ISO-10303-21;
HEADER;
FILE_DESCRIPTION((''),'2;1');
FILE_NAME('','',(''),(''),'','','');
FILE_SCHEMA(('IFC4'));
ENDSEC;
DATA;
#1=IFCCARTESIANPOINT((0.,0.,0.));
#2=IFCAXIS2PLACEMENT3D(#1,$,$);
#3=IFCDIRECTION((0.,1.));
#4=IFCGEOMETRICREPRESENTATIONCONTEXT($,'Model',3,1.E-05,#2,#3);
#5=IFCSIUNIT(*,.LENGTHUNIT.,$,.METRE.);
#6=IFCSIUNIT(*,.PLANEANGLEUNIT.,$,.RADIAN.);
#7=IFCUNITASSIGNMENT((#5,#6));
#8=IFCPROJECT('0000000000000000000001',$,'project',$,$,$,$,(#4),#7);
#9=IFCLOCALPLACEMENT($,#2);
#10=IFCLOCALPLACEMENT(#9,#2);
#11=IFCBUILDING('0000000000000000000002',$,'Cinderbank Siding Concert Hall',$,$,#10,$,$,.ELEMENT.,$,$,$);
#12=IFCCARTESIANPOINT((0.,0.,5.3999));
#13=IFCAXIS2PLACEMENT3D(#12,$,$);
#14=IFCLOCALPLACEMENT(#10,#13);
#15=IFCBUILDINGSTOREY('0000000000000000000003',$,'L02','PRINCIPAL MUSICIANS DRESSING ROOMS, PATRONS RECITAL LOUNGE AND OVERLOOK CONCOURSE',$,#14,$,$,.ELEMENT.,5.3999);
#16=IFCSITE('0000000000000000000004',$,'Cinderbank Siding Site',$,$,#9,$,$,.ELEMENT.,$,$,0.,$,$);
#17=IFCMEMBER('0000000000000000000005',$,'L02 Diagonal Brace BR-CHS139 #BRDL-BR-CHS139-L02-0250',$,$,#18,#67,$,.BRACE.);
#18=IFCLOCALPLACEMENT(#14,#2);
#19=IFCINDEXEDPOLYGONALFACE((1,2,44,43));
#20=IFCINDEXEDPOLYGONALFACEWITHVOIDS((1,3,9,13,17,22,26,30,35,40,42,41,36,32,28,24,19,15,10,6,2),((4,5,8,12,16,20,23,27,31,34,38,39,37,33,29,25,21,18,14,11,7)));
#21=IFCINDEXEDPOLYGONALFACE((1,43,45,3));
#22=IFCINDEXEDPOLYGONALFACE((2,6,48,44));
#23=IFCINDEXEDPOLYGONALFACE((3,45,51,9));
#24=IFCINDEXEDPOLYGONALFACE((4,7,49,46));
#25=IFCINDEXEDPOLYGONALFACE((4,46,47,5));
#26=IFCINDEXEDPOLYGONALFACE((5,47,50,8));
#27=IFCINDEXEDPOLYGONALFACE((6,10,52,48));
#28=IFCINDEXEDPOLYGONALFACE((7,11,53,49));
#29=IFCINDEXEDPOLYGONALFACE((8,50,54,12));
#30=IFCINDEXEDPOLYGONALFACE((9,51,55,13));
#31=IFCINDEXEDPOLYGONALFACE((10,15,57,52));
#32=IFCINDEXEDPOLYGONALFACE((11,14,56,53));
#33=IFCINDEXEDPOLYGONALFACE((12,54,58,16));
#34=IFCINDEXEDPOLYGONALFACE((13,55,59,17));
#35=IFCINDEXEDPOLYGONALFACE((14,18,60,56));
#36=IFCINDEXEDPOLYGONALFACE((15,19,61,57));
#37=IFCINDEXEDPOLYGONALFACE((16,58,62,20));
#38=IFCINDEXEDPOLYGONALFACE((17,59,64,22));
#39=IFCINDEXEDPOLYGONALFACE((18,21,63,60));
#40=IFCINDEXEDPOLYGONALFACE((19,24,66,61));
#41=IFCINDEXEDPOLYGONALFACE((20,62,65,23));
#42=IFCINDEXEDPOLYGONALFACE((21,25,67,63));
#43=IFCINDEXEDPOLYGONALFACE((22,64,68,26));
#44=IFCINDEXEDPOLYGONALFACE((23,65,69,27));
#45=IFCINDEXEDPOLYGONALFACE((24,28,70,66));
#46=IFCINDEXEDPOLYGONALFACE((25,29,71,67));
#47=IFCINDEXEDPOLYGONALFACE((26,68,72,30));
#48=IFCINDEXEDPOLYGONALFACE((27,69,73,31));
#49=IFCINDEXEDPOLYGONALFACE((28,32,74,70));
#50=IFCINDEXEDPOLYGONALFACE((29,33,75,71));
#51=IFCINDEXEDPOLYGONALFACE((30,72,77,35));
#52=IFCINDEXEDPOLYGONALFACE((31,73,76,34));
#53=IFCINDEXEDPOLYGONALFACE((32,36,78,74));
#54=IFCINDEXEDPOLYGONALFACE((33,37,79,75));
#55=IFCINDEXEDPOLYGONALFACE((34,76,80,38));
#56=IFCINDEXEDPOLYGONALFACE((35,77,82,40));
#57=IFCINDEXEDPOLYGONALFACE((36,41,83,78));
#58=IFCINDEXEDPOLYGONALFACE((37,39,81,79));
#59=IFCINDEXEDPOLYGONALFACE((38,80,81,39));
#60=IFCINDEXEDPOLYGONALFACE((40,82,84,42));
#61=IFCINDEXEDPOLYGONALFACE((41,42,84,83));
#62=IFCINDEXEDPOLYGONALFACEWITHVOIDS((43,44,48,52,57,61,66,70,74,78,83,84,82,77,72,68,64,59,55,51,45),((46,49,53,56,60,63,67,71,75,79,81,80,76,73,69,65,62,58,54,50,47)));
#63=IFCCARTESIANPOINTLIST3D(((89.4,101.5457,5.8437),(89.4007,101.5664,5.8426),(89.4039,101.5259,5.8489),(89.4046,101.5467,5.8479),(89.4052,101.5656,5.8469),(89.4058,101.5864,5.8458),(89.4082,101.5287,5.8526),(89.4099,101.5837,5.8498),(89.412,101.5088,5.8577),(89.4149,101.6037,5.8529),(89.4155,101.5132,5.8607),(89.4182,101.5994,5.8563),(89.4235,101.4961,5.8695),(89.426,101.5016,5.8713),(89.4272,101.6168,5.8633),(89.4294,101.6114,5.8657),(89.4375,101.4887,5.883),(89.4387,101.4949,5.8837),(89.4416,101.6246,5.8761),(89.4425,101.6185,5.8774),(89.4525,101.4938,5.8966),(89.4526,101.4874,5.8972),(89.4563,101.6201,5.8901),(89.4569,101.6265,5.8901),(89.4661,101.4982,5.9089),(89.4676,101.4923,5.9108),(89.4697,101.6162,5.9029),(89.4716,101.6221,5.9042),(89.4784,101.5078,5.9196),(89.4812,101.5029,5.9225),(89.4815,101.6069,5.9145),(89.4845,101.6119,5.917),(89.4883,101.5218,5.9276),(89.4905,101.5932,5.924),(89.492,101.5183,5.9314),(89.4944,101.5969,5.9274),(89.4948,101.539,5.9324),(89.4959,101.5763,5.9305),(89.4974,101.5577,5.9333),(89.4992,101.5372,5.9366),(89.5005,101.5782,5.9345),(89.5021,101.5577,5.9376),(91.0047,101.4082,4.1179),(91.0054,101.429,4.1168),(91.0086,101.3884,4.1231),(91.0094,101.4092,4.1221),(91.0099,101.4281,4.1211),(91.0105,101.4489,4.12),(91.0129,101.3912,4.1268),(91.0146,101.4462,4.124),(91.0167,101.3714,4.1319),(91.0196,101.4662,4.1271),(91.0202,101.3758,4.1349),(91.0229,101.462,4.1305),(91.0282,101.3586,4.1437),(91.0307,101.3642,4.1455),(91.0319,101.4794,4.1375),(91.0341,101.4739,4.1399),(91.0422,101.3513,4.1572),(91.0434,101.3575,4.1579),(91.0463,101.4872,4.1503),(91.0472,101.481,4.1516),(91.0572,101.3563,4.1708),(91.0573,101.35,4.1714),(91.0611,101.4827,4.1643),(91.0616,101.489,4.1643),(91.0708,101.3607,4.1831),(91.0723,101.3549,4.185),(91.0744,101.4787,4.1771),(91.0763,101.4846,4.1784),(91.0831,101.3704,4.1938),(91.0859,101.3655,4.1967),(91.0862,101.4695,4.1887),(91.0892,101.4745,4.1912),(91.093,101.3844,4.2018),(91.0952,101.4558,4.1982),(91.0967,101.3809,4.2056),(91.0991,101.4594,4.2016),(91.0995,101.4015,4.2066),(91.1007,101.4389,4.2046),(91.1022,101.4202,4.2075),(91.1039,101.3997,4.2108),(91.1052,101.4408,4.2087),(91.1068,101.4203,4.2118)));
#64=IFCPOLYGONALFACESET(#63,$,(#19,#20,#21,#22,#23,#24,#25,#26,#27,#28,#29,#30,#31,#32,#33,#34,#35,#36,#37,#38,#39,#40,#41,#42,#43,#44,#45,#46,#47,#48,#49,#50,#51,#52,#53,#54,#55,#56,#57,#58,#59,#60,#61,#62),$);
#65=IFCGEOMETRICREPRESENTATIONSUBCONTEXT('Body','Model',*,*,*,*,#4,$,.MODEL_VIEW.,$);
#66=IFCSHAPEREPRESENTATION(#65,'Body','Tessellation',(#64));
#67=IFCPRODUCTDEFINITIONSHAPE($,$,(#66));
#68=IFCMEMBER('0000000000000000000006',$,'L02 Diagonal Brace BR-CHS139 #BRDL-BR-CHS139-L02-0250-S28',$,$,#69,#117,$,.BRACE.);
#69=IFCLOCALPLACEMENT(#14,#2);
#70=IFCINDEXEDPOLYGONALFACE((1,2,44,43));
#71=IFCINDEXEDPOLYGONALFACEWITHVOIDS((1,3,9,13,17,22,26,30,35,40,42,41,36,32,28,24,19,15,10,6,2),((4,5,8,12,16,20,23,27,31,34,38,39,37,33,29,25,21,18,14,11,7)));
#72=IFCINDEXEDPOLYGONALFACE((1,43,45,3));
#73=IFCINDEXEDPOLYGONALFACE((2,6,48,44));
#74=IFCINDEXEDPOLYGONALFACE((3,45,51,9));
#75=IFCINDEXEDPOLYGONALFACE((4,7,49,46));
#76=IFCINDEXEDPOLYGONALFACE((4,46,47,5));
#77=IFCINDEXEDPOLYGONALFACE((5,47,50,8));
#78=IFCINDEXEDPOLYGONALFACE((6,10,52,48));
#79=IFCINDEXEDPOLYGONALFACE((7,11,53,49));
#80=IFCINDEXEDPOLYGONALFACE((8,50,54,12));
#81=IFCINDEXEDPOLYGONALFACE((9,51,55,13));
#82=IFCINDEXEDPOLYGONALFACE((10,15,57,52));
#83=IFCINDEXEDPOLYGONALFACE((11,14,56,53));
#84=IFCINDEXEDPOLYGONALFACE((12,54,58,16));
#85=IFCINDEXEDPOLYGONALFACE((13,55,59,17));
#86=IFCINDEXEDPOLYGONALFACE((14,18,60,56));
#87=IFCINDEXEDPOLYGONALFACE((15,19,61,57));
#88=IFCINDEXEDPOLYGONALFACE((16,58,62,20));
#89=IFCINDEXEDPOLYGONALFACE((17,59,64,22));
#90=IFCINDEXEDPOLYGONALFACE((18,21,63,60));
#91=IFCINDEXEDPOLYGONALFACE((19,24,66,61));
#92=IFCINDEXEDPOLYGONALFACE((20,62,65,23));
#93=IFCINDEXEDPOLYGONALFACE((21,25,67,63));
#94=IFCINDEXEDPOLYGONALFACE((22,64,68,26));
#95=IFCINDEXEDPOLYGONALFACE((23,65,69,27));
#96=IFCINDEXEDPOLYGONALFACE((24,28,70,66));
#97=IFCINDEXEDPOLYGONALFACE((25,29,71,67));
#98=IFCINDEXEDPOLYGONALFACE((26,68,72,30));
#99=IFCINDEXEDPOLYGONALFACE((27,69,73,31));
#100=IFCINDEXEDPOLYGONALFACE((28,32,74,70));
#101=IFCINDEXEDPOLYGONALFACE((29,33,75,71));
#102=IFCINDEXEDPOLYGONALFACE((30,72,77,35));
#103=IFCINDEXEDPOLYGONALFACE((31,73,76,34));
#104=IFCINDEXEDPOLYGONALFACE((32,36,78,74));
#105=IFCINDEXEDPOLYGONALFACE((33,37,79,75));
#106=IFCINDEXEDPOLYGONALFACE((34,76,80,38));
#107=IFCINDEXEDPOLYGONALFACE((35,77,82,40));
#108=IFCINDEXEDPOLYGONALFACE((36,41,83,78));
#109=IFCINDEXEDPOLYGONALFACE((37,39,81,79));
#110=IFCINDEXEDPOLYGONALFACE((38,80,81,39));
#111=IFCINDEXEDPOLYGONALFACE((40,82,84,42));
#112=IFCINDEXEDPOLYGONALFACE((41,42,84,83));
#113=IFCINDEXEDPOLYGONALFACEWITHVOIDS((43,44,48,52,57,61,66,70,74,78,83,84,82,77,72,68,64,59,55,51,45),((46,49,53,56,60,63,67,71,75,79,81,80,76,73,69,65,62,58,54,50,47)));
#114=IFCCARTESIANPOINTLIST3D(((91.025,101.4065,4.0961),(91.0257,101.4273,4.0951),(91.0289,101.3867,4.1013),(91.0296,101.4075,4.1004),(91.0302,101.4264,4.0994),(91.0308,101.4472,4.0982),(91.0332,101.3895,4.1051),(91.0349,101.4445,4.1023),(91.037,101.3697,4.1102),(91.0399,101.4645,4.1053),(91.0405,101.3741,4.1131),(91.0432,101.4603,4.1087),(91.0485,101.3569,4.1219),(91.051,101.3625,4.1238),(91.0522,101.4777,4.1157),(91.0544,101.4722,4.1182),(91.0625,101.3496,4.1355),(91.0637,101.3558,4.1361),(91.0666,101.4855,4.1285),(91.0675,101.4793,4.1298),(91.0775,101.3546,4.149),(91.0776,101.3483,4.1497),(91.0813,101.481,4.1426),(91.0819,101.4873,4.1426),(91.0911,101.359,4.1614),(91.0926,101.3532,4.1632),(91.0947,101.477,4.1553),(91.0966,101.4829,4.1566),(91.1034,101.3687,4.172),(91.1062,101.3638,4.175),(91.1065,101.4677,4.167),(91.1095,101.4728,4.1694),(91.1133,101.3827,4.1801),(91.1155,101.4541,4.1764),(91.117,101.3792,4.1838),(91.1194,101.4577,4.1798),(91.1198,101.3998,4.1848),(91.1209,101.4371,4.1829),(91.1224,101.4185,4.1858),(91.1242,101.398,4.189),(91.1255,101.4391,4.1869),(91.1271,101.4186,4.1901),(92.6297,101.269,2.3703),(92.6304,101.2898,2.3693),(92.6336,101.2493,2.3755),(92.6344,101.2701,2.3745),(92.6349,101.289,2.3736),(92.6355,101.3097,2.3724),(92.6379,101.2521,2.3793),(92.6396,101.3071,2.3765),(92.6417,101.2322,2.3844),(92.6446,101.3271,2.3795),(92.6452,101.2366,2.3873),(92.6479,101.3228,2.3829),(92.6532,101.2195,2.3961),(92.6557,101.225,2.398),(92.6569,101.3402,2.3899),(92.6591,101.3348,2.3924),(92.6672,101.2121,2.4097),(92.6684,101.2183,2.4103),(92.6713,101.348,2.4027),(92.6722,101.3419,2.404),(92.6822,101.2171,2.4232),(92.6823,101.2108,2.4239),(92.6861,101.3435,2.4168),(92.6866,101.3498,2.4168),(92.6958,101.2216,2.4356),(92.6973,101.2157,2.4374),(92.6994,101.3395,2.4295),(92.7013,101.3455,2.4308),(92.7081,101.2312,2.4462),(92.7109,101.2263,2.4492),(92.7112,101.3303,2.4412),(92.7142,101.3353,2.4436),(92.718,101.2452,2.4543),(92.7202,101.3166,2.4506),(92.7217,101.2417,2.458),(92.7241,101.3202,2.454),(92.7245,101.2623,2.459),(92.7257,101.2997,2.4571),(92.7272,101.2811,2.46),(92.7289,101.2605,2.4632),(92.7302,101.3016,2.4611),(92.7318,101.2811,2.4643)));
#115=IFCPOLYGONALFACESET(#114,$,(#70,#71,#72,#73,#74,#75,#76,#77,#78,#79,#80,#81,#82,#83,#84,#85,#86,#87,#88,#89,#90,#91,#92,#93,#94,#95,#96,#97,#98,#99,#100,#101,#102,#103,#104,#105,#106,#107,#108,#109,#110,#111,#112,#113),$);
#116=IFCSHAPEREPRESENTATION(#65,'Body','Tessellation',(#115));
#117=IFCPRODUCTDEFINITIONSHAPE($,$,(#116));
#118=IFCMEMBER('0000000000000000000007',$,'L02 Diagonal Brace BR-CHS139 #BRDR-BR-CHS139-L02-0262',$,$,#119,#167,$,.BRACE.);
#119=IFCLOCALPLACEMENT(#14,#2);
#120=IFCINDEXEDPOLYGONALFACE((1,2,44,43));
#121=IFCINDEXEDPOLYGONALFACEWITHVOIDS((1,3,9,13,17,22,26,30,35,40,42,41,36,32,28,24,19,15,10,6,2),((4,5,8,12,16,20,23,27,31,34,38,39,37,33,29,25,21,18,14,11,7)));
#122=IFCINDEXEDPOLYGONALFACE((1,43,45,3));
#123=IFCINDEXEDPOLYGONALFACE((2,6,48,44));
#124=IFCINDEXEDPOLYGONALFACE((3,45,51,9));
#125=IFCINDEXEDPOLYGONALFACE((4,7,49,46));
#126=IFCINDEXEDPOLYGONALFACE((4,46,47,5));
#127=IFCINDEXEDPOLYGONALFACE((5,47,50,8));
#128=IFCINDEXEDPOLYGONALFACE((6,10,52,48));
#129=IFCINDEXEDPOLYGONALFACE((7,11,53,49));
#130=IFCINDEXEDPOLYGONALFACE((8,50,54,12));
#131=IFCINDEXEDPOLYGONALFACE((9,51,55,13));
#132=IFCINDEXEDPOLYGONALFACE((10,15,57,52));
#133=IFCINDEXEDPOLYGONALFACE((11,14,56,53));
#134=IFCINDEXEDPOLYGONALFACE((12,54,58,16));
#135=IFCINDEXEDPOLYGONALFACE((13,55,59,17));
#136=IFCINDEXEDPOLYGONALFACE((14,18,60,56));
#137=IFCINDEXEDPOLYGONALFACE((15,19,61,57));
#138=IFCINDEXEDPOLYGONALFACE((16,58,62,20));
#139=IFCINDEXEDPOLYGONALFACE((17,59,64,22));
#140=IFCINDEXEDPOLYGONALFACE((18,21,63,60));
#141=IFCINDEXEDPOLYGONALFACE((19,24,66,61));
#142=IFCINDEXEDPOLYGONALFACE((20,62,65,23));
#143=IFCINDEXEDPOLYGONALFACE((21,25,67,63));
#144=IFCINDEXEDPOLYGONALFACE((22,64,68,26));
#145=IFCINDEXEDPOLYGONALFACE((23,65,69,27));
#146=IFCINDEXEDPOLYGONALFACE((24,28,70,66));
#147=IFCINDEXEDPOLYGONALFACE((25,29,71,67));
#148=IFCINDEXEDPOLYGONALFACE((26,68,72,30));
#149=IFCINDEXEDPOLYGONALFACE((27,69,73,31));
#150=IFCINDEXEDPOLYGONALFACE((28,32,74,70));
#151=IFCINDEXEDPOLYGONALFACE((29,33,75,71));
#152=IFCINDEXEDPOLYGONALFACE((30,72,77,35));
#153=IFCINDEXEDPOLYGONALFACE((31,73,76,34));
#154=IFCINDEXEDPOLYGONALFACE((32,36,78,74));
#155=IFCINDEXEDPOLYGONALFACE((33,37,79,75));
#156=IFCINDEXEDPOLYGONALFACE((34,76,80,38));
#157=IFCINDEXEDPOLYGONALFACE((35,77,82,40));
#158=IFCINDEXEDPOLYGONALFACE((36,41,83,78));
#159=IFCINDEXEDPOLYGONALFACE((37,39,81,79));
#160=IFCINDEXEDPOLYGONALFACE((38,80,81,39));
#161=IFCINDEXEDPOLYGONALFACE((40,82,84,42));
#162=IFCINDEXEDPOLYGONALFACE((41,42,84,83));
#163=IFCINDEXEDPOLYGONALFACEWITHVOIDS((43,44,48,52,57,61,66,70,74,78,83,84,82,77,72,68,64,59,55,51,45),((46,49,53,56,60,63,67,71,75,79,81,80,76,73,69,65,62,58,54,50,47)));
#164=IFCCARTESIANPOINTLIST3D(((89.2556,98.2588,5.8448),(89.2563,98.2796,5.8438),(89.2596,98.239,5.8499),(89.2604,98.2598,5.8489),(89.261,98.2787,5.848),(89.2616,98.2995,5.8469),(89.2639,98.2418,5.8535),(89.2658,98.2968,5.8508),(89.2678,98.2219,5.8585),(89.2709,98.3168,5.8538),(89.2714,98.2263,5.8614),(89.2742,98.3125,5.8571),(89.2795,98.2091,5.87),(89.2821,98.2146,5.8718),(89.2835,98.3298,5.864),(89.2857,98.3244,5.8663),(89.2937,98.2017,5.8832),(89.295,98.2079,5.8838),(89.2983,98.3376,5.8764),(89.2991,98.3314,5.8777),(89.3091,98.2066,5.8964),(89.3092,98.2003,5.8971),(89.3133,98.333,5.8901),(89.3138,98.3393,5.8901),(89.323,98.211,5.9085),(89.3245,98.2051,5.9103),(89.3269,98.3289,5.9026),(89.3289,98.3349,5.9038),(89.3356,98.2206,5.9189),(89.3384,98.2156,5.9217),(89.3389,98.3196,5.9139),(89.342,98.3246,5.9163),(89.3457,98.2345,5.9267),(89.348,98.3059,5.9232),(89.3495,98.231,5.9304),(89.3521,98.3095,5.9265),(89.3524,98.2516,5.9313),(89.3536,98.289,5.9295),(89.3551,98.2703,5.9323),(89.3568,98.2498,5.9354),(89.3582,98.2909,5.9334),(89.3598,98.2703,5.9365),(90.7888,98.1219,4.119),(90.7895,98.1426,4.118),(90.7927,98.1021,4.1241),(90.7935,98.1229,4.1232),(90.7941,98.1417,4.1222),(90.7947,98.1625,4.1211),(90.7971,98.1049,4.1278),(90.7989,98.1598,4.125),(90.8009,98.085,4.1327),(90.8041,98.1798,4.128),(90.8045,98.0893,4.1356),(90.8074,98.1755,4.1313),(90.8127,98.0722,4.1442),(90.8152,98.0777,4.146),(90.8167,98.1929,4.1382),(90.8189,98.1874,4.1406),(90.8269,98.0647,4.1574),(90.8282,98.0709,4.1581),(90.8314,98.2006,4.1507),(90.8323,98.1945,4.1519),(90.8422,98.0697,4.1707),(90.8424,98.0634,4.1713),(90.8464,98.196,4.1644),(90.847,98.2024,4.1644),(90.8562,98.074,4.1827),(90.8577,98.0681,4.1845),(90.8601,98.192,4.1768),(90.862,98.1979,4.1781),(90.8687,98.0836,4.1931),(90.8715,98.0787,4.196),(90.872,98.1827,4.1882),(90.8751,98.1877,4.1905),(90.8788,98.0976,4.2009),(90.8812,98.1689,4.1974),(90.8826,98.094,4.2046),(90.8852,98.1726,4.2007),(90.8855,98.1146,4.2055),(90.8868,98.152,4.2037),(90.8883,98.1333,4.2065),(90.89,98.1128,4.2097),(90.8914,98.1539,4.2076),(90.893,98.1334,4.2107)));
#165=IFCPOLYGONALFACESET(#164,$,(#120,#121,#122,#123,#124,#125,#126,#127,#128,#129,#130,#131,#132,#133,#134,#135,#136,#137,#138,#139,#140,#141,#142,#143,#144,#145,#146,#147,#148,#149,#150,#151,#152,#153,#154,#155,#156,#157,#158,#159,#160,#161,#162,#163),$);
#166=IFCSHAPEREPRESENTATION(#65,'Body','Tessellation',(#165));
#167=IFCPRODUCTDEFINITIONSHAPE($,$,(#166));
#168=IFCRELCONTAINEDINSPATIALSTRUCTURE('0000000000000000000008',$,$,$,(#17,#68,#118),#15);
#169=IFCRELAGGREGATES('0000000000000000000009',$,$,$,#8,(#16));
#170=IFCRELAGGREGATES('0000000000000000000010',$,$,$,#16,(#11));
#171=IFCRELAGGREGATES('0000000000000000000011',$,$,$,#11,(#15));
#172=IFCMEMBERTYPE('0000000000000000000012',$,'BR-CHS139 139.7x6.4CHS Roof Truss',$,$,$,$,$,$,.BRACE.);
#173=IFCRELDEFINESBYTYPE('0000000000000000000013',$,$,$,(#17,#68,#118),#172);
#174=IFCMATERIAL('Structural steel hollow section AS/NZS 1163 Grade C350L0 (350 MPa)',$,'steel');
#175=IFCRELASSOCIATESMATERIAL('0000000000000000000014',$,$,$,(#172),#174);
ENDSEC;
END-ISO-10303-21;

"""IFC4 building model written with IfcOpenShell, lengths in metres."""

from ifc_helpers import new_model, si_unit, direction, frame, origin, origin_2d, place, context, subcontext, project, spatial, hollow_circle, extrude, material, material_profile, profile_set, type_object, element, save


model = new_model("IFC4")

# Units and contexts
model_context = context("Model", 3, precision=1e-05, world=origin(), true_north=direction((0.0, 1.0)))
body_context = subcontext(model_context, "Body", "Model", "MODEL_VIEW")
ifc_project = project(units=[si_unit("LENGTHUNIT", "METRE"), si_unit("PLANEANGLEUNIT", "RADIAN")], contexts=[model_context])

# Site, building, storey
site_placement = place(None, origin())
site = spatial("IfcSite", under=ifc_project, at=site_placement, Name="Cinderbank Siding Site", CompositionType="ELEMENT", RefElevation=0.0)
building_placement = place(site_placement, origin())
building = spatial("IfcBuilding", under=site, at=building_placement, Name="Cinderbank Siding Concert Hall", CompositionType="ELEMENT")
storey_placement = place(building_placement, frame((0.0, 0.0, 5.3999)))
storey = spatial("IfcBuildingStorey", under=building, at=storey_placement, Name="L02", Description="PRINCIPAL MUSICIANS DRESSING ROOMS, PATRONS RECITAL LOUNGE AND OVERLOOK CONCOURSE", CompositionType="ELEMENT", Elevation=5.3999)

# Members
ifc_material_1 = material(Name="Structural steel hollow section AS/NZS 1163 Grade C350L0 (350 MPa)", Category="steel")
ifc_material_profile_1 = material_profile(ifc_material_1, hollow_circle(Radius=0.0698, WallThickness=0.0063, at=origin_2d()), Name="139.7x6.4CHS", Category="LoadBearing")
ifc_profile_set_1 = profile_set([ifc_material_profile_1], Name="Structural steel hollow section AS/NZS 1163 Grade C350L0 (350 MPa)")
member_type_1 = type_object("IfcMemberType", Name="BR-CHS139 139.7x6.4CHS Roof Truss", PredefinedType="BRACE", material=ifc_profile_set_1)
for number, where, z_axis, x_axis, name in (
    (1, (89.4509, 101.5569, 5.8901), (0.679792, -0.058227, -0.73109), (0.085341, 0.996352, 0.0), "L02 Diagonal Brace BR-CHS139 #BRDL-BR-CHS139-L02-0250"),
    (2, (91.0759, 101.4177, 4.1426), (0.679792, -0.058227, -0.73109), (0.085341, 0.996352, 0.0), "L02 Diagonal Brace BR-CHS139 #BRDL-BR-CHS139-L02-0250-S28"),
):
    element("IfcMember", number, at=place(storey_placement, frame(where, z_axis=z_axis, x_axis=x_axis)), inside=storey, type_object=member_type_1, Name=name, PredefinedType="BRACE", context=body_context, shape_type="SweptSolid", body=[
        extrude(hollow_circle(Radius=0.0698, WallThickness=0.0063, at=origin_2d()), origin(), (0.0, 0.0, 1.0), 2.3606),
    ])
for number, where, z_axis, x_axis, name in (
    (3, (89.3076, 98.2698, 5.8901), (0.662988, -0.059226, -0.746284), (0.088977, 0.996034, 0.0), "L02 Diagonal Brace BR-CHS139 #BRDR-BR-CHS139-L02-0262"),
):
    element("IfcMember", number, at=place(storey_placement, frame(where, z_axis=z_axis, x_axis=x_axis)), inside=storey, type_object=member_type_1, Name=name, PredefinedType="BRACE", context=body_context, shape_type="SweptSolid", body=[
        extrude(hollow_circle(Radius=0.0698, WallThickness=0.0063, at=origin_2d()), origin(), (0.0, 0.0, 1.0), 2.3125),
    ])

save(model, "model.ifc")
